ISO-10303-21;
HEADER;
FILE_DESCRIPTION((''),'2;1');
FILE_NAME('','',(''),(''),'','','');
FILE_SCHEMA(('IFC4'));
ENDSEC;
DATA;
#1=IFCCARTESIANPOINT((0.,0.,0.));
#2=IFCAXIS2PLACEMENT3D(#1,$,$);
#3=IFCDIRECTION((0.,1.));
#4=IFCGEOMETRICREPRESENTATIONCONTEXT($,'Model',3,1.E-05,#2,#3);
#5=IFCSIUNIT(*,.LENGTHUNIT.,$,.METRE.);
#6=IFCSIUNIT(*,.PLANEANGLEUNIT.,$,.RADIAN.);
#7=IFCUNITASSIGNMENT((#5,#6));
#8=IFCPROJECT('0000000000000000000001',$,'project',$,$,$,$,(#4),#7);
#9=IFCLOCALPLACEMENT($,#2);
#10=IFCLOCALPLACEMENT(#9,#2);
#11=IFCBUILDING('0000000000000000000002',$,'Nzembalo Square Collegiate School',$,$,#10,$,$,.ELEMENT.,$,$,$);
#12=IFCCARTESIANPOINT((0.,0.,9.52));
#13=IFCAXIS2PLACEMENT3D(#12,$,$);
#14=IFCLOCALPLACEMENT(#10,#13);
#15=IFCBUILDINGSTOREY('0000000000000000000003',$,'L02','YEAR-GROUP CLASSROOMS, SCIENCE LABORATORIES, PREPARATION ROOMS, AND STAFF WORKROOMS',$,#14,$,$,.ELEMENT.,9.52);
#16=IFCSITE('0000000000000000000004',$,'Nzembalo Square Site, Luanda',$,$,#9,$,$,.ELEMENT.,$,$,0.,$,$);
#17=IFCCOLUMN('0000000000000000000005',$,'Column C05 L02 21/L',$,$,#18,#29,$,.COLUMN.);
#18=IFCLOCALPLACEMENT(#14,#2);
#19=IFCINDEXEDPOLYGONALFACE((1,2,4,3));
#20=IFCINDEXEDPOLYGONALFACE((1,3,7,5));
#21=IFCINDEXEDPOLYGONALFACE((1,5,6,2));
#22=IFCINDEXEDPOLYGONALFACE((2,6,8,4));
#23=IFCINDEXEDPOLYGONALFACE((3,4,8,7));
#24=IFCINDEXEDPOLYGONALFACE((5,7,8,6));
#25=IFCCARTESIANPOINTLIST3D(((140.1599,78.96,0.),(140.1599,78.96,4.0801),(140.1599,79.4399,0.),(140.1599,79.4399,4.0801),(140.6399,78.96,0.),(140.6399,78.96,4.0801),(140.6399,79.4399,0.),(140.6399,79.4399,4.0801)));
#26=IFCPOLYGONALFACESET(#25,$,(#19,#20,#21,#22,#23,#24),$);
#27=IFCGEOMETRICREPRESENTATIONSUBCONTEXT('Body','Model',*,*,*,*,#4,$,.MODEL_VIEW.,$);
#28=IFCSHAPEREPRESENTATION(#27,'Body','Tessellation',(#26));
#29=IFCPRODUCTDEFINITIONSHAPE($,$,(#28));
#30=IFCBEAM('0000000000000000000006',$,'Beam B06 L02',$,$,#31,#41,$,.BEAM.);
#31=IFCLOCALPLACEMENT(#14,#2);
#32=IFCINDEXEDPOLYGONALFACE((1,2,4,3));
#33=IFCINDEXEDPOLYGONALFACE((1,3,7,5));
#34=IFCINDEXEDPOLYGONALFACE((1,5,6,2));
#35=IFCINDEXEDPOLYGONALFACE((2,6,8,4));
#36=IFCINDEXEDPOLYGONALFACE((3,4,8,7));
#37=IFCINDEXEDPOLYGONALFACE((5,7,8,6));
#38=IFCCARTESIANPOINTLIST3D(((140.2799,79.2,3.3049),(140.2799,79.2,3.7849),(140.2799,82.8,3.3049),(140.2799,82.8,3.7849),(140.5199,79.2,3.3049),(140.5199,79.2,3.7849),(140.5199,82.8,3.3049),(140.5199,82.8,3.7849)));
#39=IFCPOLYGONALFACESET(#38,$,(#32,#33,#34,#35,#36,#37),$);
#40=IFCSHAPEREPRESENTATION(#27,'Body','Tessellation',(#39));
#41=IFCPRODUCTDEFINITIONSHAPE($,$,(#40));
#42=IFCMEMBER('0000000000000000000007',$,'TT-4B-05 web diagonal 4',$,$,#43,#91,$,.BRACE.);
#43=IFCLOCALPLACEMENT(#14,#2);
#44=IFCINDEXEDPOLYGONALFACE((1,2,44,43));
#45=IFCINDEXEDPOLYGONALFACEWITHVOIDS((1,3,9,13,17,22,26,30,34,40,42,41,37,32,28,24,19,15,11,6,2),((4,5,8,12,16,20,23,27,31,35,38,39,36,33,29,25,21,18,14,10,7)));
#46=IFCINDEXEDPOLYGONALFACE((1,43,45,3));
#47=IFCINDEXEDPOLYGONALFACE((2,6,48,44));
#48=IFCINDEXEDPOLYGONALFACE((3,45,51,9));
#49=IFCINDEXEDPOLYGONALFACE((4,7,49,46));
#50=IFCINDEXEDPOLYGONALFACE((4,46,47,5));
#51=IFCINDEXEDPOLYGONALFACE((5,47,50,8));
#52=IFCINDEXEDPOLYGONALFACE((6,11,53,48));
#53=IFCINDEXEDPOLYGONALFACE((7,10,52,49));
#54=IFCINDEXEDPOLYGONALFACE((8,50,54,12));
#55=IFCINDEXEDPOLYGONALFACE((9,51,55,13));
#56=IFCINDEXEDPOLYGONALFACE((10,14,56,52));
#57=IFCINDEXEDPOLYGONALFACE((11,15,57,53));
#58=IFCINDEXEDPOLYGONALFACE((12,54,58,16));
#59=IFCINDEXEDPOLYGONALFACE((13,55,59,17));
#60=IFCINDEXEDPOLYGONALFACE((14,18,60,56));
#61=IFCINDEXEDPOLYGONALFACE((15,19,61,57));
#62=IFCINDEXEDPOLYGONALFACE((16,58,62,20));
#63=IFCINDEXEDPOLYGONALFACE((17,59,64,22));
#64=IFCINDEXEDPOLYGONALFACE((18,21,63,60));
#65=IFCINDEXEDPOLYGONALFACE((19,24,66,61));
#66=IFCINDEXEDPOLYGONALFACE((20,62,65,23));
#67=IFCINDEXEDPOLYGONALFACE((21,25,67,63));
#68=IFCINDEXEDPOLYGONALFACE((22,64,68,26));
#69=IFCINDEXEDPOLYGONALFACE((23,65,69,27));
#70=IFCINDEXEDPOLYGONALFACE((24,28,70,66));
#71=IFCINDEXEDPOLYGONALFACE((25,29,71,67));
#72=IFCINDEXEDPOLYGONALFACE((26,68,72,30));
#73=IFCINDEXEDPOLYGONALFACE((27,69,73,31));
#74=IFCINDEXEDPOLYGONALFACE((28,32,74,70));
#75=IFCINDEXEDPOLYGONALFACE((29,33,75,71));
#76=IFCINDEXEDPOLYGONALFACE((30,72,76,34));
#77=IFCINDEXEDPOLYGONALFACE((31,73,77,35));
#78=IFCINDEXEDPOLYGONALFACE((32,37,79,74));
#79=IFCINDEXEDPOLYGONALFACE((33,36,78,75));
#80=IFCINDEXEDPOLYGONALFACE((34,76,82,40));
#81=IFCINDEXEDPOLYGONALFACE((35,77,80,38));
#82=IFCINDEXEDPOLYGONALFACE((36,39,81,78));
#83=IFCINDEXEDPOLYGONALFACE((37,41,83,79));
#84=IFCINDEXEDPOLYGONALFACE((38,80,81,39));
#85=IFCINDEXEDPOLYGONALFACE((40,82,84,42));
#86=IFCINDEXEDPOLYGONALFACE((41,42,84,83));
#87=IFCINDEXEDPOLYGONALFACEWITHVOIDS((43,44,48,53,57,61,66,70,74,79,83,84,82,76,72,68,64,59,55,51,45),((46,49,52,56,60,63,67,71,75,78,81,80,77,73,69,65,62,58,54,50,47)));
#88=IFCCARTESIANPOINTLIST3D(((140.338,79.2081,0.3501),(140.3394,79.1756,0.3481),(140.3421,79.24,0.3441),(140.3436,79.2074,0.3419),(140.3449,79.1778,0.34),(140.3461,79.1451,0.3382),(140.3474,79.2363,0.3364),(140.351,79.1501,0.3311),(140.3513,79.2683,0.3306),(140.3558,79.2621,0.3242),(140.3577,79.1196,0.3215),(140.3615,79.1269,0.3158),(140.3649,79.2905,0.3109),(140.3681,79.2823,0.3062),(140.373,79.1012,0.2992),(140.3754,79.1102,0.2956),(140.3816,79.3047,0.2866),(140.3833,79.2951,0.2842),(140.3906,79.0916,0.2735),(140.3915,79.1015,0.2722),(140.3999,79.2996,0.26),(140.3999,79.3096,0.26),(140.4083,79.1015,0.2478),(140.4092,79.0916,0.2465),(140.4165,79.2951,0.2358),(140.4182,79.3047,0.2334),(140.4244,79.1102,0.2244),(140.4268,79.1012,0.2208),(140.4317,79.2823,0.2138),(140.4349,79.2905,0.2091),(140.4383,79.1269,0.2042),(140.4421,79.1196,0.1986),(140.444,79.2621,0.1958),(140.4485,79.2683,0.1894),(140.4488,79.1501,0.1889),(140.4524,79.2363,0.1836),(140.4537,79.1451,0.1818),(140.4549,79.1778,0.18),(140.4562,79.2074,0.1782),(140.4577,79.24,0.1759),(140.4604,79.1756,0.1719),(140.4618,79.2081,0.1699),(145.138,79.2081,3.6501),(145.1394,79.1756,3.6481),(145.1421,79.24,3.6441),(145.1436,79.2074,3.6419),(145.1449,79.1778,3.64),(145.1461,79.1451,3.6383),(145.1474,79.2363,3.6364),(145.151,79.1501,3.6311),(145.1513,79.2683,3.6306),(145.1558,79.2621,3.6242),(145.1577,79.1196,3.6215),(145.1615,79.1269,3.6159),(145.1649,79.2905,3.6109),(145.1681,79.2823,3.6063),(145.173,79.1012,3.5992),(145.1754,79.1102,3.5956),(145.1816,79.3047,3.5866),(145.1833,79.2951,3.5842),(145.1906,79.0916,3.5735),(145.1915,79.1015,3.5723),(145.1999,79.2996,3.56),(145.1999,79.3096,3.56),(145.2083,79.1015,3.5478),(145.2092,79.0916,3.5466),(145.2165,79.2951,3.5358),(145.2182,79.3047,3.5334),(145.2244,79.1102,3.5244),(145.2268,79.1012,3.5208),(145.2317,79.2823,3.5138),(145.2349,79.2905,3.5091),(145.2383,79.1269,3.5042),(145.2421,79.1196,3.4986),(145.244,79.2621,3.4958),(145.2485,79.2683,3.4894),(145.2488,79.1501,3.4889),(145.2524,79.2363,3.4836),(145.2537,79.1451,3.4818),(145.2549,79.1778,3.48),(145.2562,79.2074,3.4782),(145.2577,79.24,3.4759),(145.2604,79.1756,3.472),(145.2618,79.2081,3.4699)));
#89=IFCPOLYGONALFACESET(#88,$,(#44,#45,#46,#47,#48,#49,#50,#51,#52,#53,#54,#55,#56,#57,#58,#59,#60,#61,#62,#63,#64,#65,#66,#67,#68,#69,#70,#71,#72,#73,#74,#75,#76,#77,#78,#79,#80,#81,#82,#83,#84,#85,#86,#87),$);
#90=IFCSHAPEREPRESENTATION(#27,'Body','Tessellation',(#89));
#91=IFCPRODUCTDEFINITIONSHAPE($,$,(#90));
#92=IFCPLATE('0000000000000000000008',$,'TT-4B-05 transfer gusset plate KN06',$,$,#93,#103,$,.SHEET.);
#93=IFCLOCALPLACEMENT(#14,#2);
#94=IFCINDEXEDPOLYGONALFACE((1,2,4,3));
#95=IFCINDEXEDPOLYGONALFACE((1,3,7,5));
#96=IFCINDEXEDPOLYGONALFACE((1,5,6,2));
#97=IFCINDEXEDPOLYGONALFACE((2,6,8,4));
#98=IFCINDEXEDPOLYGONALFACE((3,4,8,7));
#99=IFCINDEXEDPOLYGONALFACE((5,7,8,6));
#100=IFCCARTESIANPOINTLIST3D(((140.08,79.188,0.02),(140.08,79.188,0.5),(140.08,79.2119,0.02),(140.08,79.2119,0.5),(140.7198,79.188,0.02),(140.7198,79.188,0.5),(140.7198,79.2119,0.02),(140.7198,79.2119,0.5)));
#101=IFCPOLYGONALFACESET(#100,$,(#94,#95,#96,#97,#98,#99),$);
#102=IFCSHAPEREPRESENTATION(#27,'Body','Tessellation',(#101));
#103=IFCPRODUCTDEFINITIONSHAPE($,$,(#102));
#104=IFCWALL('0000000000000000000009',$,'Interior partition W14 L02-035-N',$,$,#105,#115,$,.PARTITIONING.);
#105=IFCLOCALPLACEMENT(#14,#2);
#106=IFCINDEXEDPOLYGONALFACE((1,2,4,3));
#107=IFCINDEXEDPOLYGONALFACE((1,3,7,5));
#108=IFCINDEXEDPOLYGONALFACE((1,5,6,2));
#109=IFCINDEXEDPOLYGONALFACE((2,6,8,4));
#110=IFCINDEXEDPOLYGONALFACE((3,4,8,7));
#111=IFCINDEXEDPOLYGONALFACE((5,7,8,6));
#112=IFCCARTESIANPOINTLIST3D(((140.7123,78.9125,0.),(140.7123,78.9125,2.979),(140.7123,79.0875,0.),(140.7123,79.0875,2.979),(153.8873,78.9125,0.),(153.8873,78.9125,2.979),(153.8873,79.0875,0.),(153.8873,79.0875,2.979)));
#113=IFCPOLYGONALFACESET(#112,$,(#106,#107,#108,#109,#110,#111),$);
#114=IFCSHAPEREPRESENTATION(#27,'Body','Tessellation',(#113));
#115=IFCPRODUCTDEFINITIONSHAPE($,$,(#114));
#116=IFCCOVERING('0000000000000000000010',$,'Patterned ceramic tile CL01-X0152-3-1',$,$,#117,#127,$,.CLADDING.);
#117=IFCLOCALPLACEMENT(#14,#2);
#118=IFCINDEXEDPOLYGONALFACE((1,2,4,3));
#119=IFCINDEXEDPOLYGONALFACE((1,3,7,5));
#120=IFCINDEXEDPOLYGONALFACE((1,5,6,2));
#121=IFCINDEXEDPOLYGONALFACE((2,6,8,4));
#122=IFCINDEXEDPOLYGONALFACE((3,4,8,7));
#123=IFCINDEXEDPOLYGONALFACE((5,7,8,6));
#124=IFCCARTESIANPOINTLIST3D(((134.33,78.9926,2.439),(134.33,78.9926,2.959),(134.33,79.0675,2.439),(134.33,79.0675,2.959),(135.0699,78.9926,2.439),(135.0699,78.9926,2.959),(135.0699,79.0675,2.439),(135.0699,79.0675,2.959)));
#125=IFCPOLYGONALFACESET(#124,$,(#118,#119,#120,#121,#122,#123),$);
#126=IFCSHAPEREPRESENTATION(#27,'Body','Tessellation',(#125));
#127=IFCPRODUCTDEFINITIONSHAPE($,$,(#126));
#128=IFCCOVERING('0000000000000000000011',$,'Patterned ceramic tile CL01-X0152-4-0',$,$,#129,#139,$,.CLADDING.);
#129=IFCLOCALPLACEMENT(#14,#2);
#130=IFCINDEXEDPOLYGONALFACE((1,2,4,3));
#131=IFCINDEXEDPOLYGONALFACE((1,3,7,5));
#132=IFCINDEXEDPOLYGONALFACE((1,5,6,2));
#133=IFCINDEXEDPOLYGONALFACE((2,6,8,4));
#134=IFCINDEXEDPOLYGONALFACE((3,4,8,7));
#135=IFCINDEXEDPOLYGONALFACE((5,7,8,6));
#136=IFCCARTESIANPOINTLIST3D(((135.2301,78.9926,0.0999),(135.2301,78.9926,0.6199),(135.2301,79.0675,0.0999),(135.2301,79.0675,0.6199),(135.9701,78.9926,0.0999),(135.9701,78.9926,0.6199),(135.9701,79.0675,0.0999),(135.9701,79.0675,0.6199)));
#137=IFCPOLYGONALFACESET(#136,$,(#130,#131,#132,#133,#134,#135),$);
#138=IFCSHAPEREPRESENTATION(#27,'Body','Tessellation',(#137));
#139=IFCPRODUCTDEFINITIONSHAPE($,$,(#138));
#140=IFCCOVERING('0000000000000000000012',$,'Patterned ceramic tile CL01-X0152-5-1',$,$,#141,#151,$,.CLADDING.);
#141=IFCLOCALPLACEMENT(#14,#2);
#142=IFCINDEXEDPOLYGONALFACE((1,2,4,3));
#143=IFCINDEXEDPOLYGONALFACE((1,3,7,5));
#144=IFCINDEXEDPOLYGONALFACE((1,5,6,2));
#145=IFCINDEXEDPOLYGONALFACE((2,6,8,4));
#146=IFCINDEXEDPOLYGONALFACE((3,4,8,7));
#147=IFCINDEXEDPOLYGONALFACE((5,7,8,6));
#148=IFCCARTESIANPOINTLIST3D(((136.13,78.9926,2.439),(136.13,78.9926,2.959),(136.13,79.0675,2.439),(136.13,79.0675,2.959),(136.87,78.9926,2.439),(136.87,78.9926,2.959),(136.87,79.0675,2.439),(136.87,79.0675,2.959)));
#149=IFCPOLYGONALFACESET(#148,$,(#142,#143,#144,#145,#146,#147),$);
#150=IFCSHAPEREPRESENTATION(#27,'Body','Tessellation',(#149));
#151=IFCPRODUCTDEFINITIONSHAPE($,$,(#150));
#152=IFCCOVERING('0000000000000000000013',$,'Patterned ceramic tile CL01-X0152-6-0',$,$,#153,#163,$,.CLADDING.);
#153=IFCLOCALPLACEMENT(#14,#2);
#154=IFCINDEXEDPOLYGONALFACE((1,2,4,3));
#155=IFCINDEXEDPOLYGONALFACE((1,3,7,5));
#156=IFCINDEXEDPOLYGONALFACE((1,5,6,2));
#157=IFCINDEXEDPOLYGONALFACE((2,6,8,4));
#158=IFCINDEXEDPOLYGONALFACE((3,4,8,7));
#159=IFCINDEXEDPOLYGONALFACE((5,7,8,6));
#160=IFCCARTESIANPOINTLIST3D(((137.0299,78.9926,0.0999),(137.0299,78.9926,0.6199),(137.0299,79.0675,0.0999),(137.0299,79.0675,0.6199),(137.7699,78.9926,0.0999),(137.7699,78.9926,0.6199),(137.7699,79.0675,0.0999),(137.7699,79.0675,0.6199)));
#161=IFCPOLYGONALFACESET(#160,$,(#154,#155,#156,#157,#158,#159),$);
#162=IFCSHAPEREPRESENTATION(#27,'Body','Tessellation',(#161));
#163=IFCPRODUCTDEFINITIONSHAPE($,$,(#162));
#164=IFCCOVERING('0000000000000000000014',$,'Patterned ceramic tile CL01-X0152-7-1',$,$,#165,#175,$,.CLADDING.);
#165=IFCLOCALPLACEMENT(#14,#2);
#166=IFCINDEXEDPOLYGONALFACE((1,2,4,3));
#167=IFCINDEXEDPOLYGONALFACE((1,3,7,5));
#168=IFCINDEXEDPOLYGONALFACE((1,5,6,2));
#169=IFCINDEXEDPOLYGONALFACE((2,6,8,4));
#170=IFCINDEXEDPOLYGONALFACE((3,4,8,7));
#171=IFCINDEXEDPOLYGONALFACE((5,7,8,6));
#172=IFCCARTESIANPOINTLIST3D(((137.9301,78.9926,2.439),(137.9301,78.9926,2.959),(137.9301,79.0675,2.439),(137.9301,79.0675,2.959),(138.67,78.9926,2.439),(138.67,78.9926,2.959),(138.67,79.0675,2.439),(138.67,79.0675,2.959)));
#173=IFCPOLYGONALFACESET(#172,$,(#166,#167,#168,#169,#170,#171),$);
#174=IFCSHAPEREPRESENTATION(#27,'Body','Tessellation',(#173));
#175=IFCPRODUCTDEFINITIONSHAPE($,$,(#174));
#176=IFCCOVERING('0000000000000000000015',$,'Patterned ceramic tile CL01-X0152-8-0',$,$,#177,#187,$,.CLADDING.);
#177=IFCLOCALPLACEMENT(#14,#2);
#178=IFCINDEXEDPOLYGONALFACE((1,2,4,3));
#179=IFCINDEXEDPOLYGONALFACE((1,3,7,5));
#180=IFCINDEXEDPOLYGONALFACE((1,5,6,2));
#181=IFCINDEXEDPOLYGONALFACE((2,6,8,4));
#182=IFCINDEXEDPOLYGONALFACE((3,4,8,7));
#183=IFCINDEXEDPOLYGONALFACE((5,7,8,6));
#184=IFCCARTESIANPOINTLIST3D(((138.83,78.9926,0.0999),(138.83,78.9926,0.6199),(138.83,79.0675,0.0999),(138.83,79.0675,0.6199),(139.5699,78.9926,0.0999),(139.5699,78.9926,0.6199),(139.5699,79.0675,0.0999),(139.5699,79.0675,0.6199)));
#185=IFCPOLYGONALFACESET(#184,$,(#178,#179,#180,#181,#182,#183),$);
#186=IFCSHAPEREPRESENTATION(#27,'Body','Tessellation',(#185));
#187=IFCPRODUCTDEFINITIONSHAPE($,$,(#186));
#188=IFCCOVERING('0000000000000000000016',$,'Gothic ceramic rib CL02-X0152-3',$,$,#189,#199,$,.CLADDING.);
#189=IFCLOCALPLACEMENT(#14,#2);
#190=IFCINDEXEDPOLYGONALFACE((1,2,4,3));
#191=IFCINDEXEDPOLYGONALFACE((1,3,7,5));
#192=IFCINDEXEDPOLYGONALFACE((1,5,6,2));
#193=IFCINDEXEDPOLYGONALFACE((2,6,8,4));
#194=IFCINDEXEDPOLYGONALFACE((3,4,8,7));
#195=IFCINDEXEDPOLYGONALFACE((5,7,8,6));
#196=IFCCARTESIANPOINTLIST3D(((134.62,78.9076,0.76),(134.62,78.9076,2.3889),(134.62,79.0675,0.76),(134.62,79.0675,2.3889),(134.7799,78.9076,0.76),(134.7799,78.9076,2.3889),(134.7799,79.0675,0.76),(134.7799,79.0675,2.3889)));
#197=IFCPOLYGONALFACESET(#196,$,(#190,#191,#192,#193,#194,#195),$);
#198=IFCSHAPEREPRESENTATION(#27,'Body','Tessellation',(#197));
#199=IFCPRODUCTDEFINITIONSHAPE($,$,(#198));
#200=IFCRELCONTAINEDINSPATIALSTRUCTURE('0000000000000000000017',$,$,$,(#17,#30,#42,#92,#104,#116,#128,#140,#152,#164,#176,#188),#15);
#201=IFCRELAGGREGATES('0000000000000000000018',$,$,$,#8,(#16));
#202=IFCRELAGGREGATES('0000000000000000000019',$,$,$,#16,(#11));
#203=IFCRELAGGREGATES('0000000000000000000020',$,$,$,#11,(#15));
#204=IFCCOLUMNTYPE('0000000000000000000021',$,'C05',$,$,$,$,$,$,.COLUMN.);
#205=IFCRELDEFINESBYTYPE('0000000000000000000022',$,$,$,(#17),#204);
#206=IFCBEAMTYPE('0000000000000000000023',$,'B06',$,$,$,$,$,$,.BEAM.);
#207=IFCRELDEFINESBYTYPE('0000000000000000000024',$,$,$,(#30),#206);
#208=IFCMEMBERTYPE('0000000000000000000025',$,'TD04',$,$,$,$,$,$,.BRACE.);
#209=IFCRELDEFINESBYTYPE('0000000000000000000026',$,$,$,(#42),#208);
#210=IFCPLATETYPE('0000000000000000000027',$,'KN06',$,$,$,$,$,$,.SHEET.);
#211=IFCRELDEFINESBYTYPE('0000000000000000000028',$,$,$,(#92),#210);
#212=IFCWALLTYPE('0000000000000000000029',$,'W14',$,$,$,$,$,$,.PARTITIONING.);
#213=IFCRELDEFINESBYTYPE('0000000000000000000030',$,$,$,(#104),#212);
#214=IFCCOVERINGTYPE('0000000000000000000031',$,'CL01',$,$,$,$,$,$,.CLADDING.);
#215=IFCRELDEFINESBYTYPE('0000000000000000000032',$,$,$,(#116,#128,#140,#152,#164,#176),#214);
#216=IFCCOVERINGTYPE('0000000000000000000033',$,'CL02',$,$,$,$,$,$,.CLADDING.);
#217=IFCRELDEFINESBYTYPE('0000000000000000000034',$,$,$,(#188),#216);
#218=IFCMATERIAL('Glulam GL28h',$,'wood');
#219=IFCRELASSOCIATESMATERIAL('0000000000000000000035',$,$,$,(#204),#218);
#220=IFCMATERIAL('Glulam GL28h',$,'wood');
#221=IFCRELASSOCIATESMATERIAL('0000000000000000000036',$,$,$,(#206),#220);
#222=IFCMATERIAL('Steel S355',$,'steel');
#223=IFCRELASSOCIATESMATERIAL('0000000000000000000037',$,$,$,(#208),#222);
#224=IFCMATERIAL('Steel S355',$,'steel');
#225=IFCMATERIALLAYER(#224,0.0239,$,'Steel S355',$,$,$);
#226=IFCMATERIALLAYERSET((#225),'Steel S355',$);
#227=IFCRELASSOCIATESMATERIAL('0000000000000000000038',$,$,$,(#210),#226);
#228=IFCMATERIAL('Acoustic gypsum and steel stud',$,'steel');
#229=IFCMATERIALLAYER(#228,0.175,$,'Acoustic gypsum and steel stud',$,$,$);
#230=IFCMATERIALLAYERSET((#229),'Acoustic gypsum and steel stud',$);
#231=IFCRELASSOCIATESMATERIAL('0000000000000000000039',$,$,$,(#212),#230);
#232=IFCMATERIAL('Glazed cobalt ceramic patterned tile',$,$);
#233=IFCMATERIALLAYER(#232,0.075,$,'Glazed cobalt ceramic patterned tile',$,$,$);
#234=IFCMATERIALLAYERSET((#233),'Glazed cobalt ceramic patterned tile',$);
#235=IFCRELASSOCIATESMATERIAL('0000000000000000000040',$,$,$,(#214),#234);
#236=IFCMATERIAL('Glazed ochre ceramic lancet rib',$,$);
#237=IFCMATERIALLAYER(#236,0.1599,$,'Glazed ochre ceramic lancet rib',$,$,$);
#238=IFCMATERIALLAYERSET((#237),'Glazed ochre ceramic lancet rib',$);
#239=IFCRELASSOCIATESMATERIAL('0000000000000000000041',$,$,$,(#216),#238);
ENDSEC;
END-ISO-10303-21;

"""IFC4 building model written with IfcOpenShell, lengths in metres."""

from ifc_helpers import new_model, si_unit, direction, frame, frame_2d, origin, origin_2d, place, context, subcontext, project, spatial, rectangle, hollow_circle, extrude, material, layer, layer_set, material_profile, profile_set, type_object, element, save


model = new_model("IFC4")

# Units and contexts
model_context = context("Model", 3, precision=1e-05, world=origin(), true_north=direction((0.0, 1.0)))
body_context = subcontext(model_context, "Body", "Model", "MODEL_VIEW")
ifc_project = project(units=[si_unit("LENGTHUNIT", "METRE"), si_unit("PLANEANGLEUNIT", "RADIAN")], contexts=[model_context])

# Site, building, storey
site_placement = place(None, origin())
site = spatial("IfcSite", under=ifc_project, at=site_placement, Name="Nzembalo Square Site, Luanda", CompositionType="ELEMENT", RefElevation=0.0)
building_placement = place(site_placement, origin())
building = spatial("IfcBuilding", under=site, at=building_placement, Name="Nzembalo Square Collegiate School", CompositionType="ELEMENT")
storey_placement = place(building_placement, frame((0.0, 0.0, 9.52)))
storey = spatial("IfcBuildingStorey", under=building, at=storey_placement, Name="L02", Description="YEAR-GROUP CLASSROOMS, SCIENCE LABORATORIES, PREPARATION ROOMS, AND STAFF WORKROOMS", CompositionType="ELEMENT", Elevation=9.52)

# Column
ifc_material_1 = material(Name="Glulam GL28h", Category="wood")
ifc_material_profile_1 = material_profile(ifc_material_1, rectangle(XDim=0.48, YDim=0.48, at=origin_2d()), Name="GL28h 480x480")
ifc_profile_set_1 = profile_set([ifc_material_profile_1], Name="Glulam GL28h")
column_type = type_object("IfcColumnType", Name="C05", PredefinedType="COLUMN", material=ifc_profile_set_1)
column_placement = place(storey_placement, frame((140.3999, 79.2, 0.0), z_axis=(0.0, 0.0, 1.0), x_axis=(1.0, 0.0, 0.0)))
element("IfcColumn", 1, at=column_placement, inside=storey, type_object=column_type, Name="Column C05 L02 21/L", PredefinedType="COLUMN", context=body_context, shape_type="SweptSolid", body=[
    extrude(rectangle(XDim=0.48, YDim=0.48, at=origin_2d()), origin(), (0.0, 0.0, 1.0), 4.0801),
])

# Beam
ifc_material_2 = material(Name="Glulam GL28h", Category="wood")
ifc_material_profile_2 = material_profile(ifc_material_2, rectangle(XDim=0.24, YDim=0.48, at=origin_2d()), Name="GL28h 240x480")
ifc_profile_set_2 = profile_set([ifc_material_profile_2], Name="Glulam GL28h")
beam_type = type_object("IfcBeamType", Name="B06", PredefinedType="BEAM", material=ifc_profile_set_2)
beam_placement = place(storey_placement, frame((140.3999, 79.2, 3.5449), z_axis=(0.0, 1.0, 0.0), x_axis=(-1.0, 0.0, 0.0)))
element("IfcBeam", 2, at=beam_placement, inside=storey, type_object=beam_type, Name="Beam B06 L02", PredefinedType="BEAM", context=body_context, shape_type="SweptSolid", body=[
    extrude(rectangle(XDim=0.24, YDim=0.48, at=origin_2d()), origin(), (0.0, 0.0, 1.0), 3.6001),
])

# Member
ifc_material_3 = material(Name="Steel S355", Category="steel")
ifc_material_profile_3 = material_profile(ifc_material_3, hollow_circle(Radius=0.1096, WallThickness=0.01, at=origin_2d()), Name="CHS 219x10")
ifc_profile_set_3 = profile_set([ifc_material_profile_3], Name="Steel S355")
member_type = type_object("IfcMemberType", Name="TD04", PredefinedType="BRACE", material=ifc_profile_set_3)
member_placement = place(storey_placement, frame((140.3999, 79.2, 0.26), z_axis=(0.824041, 0.0, 0.566531), x_axis=(0.0, 1.0, 0.0)))
element("IfcMember", 3, at=member_placement, inside=storey, type_object=member_type, Name="TT-4B-05 web diagonal 4", PredefinedType="BRACE", context=body_context, shape_type="SweptSolid", body=[
    extrude(hollow_circle(Radius=0.1096, WallThickness=0.01, at=origin_2d()), origin(), (0.0, 0.0, 1.0), 5.825),
])

# Plate
ifc_material_4 = material(Name="Steel S355", Category="steel")
ifc_layer_1 = layer(ifc_material_4, 0.0239, Name="Steel S355")
ifc_layer_set_1 = layer_set([ifc_layer_1], Name="Steel S355")
plate_type = type_object("IfcPlateType", Name="KN06", PredefinedType="SHEET", material=ifc_layer_set_1)
plate_placement = place(storey_placement, frame((140.3999, 79.2, 0.02), z_axis=(0.0, 0.0, 1.0), x_axis=(1.0, 0.0, 0.0)))
element("IfcPlate", 4, at=plate_placement, inside=storey, type_object=plate_type, Name="TT-4B-05 transfer gusset plate KN06", PredefinedType="SHEET", context=body_context, shape_type="SweptSolid", body=[
    extrude(rectangle(XDim=0.6399, YDim=0.0239, at=origin_2d()), origin(), (0.0, 0.0, 1.0), 0.48),
])

# Wall
ifc_material_5 = material(Name="Acoustic gypsum and steel stud", Category="steel")
ifc_layer_2 = layer(ifc_material_5, 0.175, Name="Acoustic gypsum and steel stud")
ifc_layer_set_2 = layer_set([ifc_layer_2], Name="Acoustic gypsum and steel stud")
wall_type = type_object("IfcWallType", Name="W14", PredefinedType="PARTITIONING", material=ifc_layer_set_2)
wall_placement = place(storey_placement, frame((140.7124, 79.0, 0.0), z_axis=(0.0, 0.0, 1.0), x_axis=(1.0, 0.0, 0.0)))
element("IfcWall", 5, at=wall_placement, inside=storey, type_object=wall_type, Name="Interior partition W14 L02-035-N", PredefinedType="PARTITIONING", context=body_context, shape_type="SweptSolid", body=[
    extrude(rectangle(XDim=13.175, YDim=0.175, at=frame_2d((6.5874, 0.0))), origin(), (0.0, 0.0, 1.0), 2.979),
])

# Coverings
ifc_material_6 = material(Name="Glazed cobalt ceramic patterned tile")
ifc_layer_3 = layer(ifc_material_6, 0.075, Name="Glazed cobalt ceramic patterned tile")
ifc_layer_set_3 = layer_set([ifc_layer_3], Name="Glazed cobalt ceramic patterned tile")
covering_type_1 = type_object("IfcCoveringType", Name="CL01", PredefinedType="CLADDING", material=ifc_layer_set_3)
for number, where, z_axis, x_axis, name in (
    (6, (134.7, 79.03, 2.439), (0.0, 0.0, 1.0), (1.0, 0.0, 0.0), "Patterned ceramic tile CL01-X0152-3-1"),
    (7, (135.6001, 79.03, 0.0999), (0.0, 0.0, 1.0), (1.0, 0.0, 0.0), "Patterned ceramic tile CL01-X0152-4-0"),
    (8, (136.5, 79.03, 2.439), (0.0, 0.0, 1.0), (1.0, 0.0, 0.0), "Patterned ceramic tile CL01-X0152-5-1"),
    (9, (137.3999, 79.03, 0.0999), (0.0, 0.0, 1.0), (1.0, 0.0, 0.0), "Patterned ceramic tile CL01-X0152-6-0"),
    (10, (138.3, 79.03, 2.439), (0.0, 0.0, 1.0), (1.0, 0.0, 0.0), "Patterned ceramic tile CL01-X0152-7-1"),
    (11, (139.2, 79.03, 0.0999), (0.0, 0.0, 1.0), (1.0, 0.0, 0.0), "Patterned ceramic tile CL01-X0152-8-0"),
):
    element("IfcCovering", number, at=place(storey_placement, frame(where, z_axis=z_axis, x_axis=x_axis)), inside=storey, type_object=covering_type_1, Name=name, PredefinedType="CLADDING", context=body_context, shape_type="SweptSolid", body=[
        extrude(rectangle(XDim=0.74, YDim=0.075, at=origin_2d()), origin(), (0.0, 0.0, 1.0), 0.52),
    ])
ifc_material_7 = material(Name="Glazed ochre ceramic lancet rib")
ifc_layer_4 = layer(ifc_material_7, 0.1599, Name="Glazed ochre ceramic lancet rib")
ifc_layer_set_4 = layer_set([ifc_layer_4], Name="Glazed ochre ceramic lancet rib")
covering_type_2 = type_object("IfcCoveringType", Name="CL02", PredefinedType="CLADDING", material=ifc_layer_set_4)
for number, where, z_axis, x_axis, name in (
    (12, (134.7, 78.9875, 0.76), (0.0, 0.0, 1.0), (1.0, 0.0, 0.0), "Gothic ceramic rib CL02-X0152-3"),
):
    element("IfcCovering", number, at=place(storey_placement, frame(where, z_axis=z_axis, x_axis=x_axis)), inside=storey, type_object=covering_type_2, Name=name, PredefinedType="CLADDING", context=body_context, shape_type="SweptSolid", body=[
        extrude(rectangle(XDim=0.1599, YDim=0.1599, at=origin_2d()), origin(), (0.0, 0.0, 1.0), 1.6289),
    ])

save(model, "model.ifc")
